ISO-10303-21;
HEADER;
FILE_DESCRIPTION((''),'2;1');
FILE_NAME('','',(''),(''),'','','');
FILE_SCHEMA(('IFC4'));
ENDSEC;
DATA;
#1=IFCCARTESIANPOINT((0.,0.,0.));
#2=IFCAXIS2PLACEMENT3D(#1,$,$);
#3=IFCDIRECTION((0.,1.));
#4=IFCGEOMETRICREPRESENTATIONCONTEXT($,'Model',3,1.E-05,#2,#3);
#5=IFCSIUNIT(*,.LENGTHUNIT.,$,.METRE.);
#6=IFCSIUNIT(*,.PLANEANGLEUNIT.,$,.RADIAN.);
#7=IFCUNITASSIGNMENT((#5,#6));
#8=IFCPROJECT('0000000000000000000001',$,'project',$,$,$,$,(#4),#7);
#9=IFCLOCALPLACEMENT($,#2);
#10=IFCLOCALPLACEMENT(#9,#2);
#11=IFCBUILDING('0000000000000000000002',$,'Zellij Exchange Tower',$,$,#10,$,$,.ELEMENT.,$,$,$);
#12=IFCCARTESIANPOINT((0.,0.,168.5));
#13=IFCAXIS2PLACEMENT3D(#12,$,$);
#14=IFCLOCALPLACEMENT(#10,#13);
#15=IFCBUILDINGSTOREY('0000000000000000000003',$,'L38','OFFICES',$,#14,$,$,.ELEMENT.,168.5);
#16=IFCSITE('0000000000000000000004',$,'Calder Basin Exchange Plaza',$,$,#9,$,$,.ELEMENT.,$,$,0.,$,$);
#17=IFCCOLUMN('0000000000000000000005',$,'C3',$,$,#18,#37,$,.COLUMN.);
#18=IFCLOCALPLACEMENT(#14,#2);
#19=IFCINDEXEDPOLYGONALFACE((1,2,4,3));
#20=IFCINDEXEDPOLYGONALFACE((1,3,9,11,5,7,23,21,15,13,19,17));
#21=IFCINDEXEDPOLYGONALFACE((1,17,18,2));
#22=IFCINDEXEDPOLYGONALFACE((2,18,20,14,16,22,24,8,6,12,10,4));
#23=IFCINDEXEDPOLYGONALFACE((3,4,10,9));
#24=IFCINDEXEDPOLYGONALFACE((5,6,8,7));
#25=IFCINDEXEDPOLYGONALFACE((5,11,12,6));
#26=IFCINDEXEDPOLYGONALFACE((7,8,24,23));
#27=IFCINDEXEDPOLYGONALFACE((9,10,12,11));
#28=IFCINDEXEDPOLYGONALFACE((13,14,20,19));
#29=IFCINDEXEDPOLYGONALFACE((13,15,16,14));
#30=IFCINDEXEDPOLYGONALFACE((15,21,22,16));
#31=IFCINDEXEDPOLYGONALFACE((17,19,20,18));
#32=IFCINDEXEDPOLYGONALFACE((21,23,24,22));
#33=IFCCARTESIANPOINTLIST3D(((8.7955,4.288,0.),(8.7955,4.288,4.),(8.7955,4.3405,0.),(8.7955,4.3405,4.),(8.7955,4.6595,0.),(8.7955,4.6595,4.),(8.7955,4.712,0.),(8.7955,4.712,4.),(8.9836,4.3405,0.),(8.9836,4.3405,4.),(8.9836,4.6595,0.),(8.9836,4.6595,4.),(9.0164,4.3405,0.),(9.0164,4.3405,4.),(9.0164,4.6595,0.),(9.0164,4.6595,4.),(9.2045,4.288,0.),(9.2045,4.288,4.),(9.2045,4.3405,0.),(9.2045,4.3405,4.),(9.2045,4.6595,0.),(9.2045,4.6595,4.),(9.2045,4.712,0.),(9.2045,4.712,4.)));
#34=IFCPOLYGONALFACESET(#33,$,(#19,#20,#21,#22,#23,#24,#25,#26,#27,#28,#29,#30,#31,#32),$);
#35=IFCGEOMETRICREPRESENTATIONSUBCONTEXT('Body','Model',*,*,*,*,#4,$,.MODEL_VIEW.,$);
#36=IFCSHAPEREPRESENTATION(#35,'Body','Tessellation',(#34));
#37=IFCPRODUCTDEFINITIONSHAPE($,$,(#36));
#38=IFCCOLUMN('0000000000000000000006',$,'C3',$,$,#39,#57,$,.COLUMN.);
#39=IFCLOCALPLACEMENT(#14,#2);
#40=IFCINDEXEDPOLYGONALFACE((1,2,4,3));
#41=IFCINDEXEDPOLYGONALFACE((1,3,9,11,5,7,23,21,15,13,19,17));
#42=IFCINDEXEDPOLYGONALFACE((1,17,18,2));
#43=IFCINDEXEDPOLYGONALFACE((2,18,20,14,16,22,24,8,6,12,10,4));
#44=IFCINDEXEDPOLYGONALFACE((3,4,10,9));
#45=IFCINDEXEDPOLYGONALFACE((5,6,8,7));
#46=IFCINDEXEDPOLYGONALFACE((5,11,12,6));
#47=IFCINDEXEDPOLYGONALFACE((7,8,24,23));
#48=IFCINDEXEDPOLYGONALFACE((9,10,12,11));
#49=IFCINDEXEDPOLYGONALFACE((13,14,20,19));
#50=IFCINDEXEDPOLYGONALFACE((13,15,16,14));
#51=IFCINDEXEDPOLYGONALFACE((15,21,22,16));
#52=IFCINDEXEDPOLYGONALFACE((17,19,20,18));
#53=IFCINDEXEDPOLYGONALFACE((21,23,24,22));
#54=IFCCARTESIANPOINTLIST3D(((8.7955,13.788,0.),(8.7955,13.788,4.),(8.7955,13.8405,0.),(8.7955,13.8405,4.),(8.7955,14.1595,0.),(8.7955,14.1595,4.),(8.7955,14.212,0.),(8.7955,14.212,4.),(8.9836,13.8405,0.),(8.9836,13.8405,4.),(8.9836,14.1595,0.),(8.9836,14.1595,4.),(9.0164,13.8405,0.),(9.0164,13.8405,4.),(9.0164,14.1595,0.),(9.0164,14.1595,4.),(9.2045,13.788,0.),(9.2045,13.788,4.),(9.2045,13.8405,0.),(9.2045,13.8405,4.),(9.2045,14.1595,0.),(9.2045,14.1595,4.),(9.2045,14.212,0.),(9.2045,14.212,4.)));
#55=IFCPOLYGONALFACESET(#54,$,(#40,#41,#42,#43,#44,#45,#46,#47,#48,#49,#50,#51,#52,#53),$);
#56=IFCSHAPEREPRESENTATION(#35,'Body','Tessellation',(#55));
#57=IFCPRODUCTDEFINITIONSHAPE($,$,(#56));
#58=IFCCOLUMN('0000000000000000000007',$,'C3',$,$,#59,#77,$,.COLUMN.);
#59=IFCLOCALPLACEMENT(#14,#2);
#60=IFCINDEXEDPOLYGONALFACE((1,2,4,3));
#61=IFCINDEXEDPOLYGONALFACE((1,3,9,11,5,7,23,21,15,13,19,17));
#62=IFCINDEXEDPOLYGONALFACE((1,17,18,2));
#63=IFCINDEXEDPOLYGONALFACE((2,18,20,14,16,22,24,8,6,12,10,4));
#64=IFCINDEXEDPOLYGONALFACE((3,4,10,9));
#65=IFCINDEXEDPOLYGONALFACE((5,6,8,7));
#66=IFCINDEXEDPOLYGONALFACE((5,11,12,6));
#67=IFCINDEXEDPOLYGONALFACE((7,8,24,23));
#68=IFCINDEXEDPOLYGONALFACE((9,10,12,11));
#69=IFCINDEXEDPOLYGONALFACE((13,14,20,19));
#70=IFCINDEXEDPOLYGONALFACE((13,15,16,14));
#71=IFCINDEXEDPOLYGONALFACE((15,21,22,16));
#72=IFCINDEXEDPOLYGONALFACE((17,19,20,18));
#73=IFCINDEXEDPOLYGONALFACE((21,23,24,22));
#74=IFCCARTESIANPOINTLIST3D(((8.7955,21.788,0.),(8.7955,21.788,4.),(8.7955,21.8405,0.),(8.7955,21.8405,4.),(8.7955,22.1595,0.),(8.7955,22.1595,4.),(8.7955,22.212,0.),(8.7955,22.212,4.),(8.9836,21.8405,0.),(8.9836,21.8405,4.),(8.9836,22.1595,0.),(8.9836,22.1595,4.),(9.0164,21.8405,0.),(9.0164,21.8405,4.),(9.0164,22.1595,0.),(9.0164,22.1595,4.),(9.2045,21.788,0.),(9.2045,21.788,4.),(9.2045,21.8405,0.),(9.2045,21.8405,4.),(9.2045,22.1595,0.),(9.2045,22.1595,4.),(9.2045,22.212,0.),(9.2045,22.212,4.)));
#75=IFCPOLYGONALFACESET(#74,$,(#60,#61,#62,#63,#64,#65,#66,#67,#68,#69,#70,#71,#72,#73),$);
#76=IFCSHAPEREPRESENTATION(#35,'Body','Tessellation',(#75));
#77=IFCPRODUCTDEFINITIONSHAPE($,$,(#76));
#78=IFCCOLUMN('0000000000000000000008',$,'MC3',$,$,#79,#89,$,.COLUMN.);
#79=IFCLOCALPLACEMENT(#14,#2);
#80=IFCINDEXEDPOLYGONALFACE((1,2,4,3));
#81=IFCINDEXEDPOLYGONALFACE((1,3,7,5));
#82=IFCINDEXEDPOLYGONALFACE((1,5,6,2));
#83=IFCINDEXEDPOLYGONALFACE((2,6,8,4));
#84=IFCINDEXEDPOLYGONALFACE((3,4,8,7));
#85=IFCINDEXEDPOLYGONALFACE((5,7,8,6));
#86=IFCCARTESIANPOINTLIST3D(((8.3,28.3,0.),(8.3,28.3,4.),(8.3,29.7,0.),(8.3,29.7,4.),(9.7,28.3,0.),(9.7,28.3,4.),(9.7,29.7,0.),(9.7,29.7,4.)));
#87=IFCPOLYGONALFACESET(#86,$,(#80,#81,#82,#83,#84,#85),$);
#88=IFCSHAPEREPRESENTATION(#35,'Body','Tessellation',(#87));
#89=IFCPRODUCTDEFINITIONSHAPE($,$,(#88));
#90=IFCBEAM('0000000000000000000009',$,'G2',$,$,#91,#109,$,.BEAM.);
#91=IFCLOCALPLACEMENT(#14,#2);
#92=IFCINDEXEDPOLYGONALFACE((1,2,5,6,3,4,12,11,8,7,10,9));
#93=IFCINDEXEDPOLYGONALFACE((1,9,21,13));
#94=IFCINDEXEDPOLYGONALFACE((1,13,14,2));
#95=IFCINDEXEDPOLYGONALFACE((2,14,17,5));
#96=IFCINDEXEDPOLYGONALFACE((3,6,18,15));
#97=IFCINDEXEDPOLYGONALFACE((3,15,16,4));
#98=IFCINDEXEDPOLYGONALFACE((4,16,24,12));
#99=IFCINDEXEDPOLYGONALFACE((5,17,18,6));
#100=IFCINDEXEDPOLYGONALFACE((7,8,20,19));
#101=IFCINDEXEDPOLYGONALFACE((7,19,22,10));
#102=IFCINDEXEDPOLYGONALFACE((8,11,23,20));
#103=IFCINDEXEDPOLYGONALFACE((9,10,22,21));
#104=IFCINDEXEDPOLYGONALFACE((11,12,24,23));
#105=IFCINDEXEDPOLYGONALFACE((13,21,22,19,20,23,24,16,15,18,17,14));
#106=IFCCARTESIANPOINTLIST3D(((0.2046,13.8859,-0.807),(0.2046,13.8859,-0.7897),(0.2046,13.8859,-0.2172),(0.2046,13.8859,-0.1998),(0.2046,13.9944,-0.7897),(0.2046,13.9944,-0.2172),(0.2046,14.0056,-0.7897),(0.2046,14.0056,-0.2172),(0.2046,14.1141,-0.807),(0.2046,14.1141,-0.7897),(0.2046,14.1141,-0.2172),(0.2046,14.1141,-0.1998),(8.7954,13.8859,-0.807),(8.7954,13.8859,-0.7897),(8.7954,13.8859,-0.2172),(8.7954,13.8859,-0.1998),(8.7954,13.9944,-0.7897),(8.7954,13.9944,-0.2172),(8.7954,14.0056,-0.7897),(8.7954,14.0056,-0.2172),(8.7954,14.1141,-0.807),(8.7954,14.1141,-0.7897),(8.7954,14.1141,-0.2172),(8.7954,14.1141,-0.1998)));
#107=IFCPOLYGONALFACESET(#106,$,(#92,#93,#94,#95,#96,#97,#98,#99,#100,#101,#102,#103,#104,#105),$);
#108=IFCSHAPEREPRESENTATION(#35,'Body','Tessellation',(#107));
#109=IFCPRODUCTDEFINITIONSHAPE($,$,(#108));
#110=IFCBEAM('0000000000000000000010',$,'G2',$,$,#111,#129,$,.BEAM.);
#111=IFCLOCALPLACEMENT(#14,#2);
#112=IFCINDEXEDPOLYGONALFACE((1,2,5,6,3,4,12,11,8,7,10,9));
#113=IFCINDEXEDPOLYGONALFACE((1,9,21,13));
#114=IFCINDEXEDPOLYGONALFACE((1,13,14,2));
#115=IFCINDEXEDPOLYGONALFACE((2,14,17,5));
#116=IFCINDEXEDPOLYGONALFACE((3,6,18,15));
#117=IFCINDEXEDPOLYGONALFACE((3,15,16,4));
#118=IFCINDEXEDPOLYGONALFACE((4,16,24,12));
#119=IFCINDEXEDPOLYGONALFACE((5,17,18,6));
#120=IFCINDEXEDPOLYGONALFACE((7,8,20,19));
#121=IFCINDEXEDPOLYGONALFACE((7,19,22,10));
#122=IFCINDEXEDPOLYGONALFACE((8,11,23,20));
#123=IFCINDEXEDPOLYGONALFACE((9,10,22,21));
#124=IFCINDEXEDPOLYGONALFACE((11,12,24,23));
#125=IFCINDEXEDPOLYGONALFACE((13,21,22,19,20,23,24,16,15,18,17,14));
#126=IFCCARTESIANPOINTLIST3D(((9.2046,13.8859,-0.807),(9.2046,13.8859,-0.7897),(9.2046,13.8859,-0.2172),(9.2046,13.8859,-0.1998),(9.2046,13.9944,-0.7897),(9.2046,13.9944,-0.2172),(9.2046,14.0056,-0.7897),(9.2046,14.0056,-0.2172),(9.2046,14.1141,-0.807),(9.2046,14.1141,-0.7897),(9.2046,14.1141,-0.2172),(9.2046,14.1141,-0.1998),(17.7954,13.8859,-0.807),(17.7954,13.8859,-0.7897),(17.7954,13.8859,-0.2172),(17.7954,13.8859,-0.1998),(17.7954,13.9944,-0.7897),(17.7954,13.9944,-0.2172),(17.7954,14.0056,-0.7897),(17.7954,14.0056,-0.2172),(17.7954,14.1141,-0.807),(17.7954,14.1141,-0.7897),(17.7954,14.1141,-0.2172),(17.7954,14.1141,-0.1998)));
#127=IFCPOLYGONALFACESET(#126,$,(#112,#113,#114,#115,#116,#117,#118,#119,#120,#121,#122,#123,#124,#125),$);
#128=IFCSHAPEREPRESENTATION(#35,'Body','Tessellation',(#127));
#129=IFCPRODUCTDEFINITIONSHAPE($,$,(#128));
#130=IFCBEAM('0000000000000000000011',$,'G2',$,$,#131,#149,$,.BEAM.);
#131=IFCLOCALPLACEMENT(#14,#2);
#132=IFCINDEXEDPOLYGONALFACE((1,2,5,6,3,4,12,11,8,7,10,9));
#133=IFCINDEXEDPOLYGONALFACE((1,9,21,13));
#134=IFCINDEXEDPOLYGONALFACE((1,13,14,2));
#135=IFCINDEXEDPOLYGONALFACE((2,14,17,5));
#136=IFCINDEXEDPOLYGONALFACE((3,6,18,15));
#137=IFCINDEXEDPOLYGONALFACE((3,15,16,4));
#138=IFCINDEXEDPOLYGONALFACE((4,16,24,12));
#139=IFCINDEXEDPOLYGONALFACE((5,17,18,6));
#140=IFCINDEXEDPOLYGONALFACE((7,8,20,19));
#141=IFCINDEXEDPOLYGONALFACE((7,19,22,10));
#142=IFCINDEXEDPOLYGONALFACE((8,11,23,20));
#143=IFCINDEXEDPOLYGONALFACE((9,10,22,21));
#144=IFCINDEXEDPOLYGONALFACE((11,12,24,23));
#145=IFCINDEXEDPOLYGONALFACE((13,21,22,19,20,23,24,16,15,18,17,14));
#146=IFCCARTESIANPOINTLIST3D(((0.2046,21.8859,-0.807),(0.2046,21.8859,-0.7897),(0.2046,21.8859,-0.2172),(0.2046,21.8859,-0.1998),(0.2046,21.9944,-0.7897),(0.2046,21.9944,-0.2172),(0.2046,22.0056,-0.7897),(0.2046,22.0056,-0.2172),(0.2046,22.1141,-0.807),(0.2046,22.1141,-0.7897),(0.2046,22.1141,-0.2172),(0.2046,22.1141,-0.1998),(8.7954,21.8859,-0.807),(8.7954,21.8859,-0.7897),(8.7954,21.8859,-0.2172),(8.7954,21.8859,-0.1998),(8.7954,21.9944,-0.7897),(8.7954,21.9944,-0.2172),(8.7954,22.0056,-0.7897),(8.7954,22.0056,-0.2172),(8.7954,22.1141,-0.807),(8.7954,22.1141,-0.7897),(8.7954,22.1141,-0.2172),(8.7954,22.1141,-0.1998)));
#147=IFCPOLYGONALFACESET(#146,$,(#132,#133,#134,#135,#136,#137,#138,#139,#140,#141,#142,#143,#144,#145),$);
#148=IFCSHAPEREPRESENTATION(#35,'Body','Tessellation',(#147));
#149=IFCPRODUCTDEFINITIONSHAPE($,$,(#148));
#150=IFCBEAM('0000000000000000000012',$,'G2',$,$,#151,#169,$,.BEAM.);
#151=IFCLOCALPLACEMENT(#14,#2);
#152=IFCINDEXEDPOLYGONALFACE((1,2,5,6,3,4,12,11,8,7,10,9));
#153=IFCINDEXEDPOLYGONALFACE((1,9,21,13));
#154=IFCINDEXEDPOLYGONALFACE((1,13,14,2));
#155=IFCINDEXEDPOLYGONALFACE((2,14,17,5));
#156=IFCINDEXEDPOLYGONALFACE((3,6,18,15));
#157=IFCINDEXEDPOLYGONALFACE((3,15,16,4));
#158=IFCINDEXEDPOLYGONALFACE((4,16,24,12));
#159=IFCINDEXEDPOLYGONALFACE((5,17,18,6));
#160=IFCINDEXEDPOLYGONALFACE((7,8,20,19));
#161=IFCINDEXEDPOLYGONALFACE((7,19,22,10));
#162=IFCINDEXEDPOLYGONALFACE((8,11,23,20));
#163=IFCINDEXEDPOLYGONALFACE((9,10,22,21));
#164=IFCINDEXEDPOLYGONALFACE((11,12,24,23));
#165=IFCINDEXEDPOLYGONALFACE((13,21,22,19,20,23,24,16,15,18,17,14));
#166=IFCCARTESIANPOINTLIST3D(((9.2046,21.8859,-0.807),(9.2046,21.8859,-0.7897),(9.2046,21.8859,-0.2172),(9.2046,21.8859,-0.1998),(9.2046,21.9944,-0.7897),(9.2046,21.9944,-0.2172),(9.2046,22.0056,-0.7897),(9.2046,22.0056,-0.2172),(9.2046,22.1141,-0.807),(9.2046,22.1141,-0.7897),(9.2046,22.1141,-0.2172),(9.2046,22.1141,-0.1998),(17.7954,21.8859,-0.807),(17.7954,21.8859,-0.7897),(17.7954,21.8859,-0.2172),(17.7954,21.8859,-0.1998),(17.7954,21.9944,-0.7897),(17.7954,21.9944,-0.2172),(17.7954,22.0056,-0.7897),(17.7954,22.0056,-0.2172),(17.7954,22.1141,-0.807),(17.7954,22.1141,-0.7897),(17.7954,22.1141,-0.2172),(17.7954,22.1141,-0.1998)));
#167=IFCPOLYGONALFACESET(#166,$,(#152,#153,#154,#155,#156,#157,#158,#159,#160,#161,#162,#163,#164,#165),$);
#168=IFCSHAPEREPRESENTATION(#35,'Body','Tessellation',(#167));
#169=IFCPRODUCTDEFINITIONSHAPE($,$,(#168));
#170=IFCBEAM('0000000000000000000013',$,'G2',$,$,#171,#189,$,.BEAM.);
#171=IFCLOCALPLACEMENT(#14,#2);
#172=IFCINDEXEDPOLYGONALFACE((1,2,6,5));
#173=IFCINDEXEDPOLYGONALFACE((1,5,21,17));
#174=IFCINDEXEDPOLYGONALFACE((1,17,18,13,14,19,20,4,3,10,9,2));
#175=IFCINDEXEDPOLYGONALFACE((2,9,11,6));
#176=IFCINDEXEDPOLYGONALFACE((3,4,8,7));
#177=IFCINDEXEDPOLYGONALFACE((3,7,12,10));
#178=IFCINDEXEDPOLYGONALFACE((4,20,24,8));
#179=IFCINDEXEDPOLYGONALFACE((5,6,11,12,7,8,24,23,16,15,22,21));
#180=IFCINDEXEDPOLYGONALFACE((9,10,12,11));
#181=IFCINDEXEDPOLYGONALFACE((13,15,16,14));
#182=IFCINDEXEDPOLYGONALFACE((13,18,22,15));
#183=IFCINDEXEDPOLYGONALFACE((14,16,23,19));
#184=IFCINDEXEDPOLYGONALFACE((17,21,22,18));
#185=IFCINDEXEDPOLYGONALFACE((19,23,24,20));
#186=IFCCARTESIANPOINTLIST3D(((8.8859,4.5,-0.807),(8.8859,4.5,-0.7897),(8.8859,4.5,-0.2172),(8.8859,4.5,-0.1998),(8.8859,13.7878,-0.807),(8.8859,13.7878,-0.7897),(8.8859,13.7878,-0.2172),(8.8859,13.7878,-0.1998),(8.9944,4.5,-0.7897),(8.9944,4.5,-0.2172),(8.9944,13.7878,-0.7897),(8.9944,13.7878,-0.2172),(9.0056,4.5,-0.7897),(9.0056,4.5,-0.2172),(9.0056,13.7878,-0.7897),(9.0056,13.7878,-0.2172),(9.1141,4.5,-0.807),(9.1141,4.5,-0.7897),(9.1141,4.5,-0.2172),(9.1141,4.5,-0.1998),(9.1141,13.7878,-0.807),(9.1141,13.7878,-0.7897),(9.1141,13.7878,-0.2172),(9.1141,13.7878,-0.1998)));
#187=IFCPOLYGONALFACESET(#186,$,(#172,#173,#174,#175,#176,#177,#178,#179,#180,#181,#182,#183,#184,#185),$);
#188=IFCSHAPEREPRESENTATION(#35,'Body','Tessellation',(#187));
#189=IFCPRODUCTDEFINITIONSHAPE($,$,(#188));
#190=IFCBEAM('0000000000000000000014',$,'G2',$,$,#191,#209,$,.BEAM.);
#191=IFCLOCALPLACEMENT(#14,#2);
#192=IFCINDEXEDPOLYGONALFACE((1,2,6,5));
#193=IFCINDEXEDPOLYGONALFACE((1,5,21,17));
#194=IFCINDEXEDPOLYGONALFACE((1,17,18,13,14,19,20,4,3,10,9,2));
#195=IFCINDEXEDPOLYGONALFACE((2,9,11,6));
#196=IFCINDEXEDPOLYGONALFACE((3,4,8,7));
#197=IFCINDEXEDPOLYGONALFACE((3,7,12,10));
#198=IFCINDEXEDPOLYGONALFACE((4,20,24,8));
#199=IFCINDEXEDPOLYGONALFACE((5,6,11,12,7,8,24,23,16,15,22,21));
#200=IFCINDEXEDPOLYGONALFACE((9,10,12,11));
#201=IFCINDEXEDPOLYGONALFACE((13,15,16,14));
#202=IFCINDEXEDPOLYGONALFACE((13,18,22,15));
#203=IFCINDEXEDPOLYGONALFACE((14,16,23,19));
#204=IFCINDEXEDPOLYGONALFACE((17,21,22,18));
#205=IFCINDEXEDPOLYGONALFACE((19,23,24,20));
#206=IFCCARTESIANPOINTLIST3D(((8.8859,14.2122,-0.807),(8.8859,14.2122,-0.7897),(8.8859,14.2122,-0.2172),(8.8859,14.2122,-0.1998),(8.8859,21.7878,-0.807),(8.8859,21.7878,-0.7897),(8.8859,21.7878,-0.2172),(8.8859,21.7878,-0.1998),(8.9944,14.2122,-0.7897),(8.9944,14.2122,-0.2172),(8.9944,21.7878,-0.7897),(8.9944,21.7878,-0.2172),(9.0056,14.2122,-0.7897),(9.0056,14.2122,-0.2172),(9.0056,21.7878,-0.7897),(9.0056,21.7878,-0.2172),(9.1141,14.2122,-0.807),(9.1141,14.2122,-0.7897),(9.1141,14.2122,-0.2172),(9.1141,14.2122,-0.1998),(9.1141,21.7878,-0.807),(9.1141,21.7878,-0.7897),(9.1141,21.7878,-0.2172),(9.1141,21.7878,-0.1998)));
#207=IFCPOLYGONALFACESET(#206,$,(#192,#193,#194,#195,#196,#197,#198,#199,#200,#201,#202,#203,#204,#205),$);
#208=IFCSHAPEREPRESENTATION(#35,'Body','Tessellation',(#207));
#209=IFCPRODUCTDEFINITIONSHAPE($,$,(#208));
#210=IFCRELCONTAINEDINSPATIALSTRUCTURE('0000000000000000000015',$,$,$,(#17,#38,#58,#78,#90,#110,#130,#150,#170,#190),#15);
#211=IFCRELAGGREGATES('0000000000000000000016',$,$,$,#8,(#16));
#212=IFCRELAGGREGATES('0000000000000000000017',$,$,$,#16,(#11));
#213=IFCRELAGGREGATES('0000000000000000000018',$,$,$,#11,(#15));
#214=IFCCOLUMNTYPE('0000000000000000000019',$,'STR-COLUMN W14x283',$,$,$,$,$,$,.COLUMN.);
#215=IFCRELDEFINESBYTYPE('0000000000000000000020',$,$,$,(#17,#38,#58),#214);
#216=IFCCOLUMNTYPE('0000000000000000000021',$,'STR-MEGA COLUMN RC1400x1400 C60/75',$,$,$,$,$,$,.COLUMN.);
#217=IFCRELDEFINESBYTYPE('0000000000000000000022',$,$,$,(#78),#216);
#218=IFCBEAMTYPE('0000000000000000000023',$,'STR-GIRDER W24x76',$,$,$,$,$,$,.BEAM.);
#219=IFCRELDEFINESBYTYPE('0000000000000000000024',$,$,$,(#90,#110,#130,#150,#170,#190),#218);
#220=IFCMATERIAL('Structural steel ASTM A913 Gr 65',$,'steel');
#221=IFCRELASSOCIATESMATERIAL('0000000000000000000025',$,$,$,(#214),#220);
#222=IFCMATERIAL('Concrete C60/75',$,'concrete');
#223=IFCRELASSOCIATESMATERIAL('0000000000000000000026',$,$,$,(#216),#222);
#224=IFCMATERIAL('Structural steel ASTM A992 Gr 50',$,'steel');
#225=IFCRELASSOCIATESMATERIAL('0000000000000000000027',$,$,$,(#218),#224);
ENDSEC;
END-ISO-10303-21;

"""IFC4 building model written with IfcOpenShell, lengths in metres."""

from ifc_helpers import new_model, si_unit, direction, frame, origin, origin_2d, place, context, subcontext, project, spatial, rectangle, i_section, extrude, material, material_profile, profile_set, type_object, element, save


model = new_model("IFC4")

# Units and contexts
model_context = context("Model", 3, precision=1e-05, world=origin(), true_north=direction((0.0, 1.0)))
body_context = subcontext(model_context, "Body", "Model", "MODEL_VIEW")
ifc_project = project(units=[si_unit("LENGTHUNIT", "METRE"), si_unit("PLANEANGLEUNIT", "RADIAN")], contexts=[model_context])

# Site, building, storey
site_placement = place(None, origin())
site = spatial("IfcSite", under=ifc_project, at=site_placement, Name="Calder Basin Exchange Plaza", CompositionType="ELEMENT", RefElevation=0.0)
building_placement = place(site_placement, origin())
building = spatial("IfcBuilding", under=site, at=building_placement, Name="Zellij Exchange Tower", CompositionType="ELEMENT")
storey_placement = place(building_placement, frame((0.0, 0.0, 168.5)))
storey = spatial("IfcBuildingStorey", under=building, at=storey_placement, Name="L38", Description="OFFICES", CompositionType="ELEMENT", Elevation=168.5)

# Columns
ifc_material_1 = material(Name="Structural steel ASTM A913 Gr 65", Category="steel")
ifc_material_profile_1 = material_profile(ifc_material_1, i_section(OverallWidth=0.4089, OverallDepth=0.4241, WebThickness=0.0327, FlangeThickness=0.0525, at=origin_2d()), Name="W14x283")
ifc_profile_set_1 = profile_set([ifc_material_profile_1], Name="Structural steel ASTM A913 Gr 65")
column_type_1 = type_object("IfcColumnType", Name="STR-COLUMN W14x283", PredefinedType="COLUMN", material=ifc_profile_set_1)
for number, where, z_axis, x_axis, name in (
    (1, (9.0, 4.5, 0.0), (0.0, 0.0, 1.0), (1.0, 0.0, 0.0), "C3"),
    (2, (9.0, 14.0, 0.0), (0.0, 0.0, 1.0), (1.0, 0.0, 0.0), "C3"),
    (3, (9.0, 22.0, 0.0), (0.0, 0.0, 1.0), (1.0, 0.0, 0.0), "C3"),
):
    element("IfcColumn", number, at=place(storey_placement, frame(where, z_axis=z_axis, x_axis=x_axis)), inside=storey, type_object=column_type_1, Name=name, PredefinedType="COLUMN", context=body_context, shape_type="SweptSolid", body=[
        extrude(i_section(OverallWidth=0.4089, OverallDepth=0.4241, WebThickness=0.0327, FlangeThickness=0.0525, at=origin_2d()), origin(), (0.0, 0.0, 1.0), 4.0),
    ])
ifc_material_2 = material(Name="Concrete C60/75", Category="concrete")
ifc_material_profile_2 = material_profile(ifc_material_2, rectangle(XDim=1.3999, YDim=1.3999, at=origin_2d()), Name="STR-MEGA COLUMN RC1400x1400 C60/75")
ifc_profile_set_2 = profile_set([ifc_material_profile_2], Name="Concrete C60/75")
column_type_2 = type_object("IfcColumnType", Name="STR-MEGA COLUMN RC1400x1400 C60/75", PredefinedType="COLUMN", material=ifc_profile_set_2)
column_placement = place(storey_placement, frame((9.0, 29.0, 0.0), z_axis=(0.0, 0.0, 1.0), x_axis=(1.0, 0.0, 0.0)))
element("IfcColumn", 4, at=column_placement, inside=storey, type_object=column_type_2, Name="MC3", PredefinedType="COLUMN", context=body_context, shape_type="SweptSolid", body=[
    extrude(rectangle(XDim=1.3999, YDim=1.3999, at=origin_2d()), origin(), (0.0, 0.0, 1.0), 4.0),
])

# Beams
ifc_material_3 = material(Name="Structural steel ASTM A992 Gr 50", Category="steel")
ifc_material_profile_3 = material_profile(ifc_material_3, i_section(OverallWidth=0.2283, OverallDepth=0.6072, WebThickness=0.0112, FlangeThickness=0.0173, at=origin_2d()), Name="W24x76")
ifc_profile_set_3 = profile_set([ifc_material_profile_3], Name="Structural steel ASTM A992 Gr 50")
beam_type = type_object("IfcBeamType", Name="STR-GIRDER W24x76", PredefinedType="BEAM", material=ifc_profile_set_3)
for number, where, z_axis, x_axis, name in (
    (5, (0.2046, 14.0, -0.5034), (1.0, 0.0, 0.0), (0.0, 1.0, 0.0), "G2"),
    (6, (9.2046, 14.0, -0.5034), (1.0, 0.0, 0.0), (0.0, 1.0, 0.0), "G2"),
    (7, (0.2046, 22.0, -0.5034), (1.0, 0.0, 0.0), (0.0, 1.0, 0.0), "G2"),
    (8, (9.2046, 22.0, -0.5034), (1.0, 0.0, 0.0), (0.0, 1.0, 0.0), "G2"),
):
    element("IfcBeam", number, at=place(storey_placement, frame(where, z_axis=z_axis, x_axis=x_axis)), inside=storey, type_object=beam_type, Name=name, PredefinedType="BEAM", context=body_context, shape_type="SweptSolid", body=[
        extrude(i_section(OverallWidth=0.2283, OverallDepth=0.6072, WebThickness=0.0112, FlangeThickness=0.0173, at=origin_2d()), origin(), (0.0, 0.0, 1.0), 8.5908),
    ])
beam_1_placement = place(storey_placement, frame((9.0, 4.5, -0.5034), z_axis=(0.0, 1.0, 0.0), x_axis=(-1.0, 0.0, 0.0)))
element("IfcBeam", 9, at=beam_1_placement, inside=storey, type_object=beam_type, Name="G2", PredefinedType="BEAM", context=body_context, shape_type="SweptSolid", body=[
    extrude(i_section(OverallWidth=0.2283, OverallDepth=0.6072, WebThickness=0.0112, FlangeThickness=0.0173, at=origin_2d()), origin(), (0.0, 0.0, 1.0), 9.2878),
])
beam_2_placement = place(storey_placement, frame((9.0, 14.2122, -0.5034), z_axis=(0.0, 1.0, 0.0), x_axis=(-1.0, 0.0, 0.0)))
element("IfcBeam", 10, at=beam_2_placement, inside=storey, type_object=beam_type, Name="G2", PredefinedType="BEAM", context=body_context, shape_type="SweptSolid", body=[
    extrude(i_section(OverallWidth=0.2283, OverallDepth=0.6072, WebThickness=0.0112, FlangeThickness=0.0173, at=origin_2d()), origin(), (0.0, 0.0, 1.0), 7.5757),
])

save(model, "model.ifc")
